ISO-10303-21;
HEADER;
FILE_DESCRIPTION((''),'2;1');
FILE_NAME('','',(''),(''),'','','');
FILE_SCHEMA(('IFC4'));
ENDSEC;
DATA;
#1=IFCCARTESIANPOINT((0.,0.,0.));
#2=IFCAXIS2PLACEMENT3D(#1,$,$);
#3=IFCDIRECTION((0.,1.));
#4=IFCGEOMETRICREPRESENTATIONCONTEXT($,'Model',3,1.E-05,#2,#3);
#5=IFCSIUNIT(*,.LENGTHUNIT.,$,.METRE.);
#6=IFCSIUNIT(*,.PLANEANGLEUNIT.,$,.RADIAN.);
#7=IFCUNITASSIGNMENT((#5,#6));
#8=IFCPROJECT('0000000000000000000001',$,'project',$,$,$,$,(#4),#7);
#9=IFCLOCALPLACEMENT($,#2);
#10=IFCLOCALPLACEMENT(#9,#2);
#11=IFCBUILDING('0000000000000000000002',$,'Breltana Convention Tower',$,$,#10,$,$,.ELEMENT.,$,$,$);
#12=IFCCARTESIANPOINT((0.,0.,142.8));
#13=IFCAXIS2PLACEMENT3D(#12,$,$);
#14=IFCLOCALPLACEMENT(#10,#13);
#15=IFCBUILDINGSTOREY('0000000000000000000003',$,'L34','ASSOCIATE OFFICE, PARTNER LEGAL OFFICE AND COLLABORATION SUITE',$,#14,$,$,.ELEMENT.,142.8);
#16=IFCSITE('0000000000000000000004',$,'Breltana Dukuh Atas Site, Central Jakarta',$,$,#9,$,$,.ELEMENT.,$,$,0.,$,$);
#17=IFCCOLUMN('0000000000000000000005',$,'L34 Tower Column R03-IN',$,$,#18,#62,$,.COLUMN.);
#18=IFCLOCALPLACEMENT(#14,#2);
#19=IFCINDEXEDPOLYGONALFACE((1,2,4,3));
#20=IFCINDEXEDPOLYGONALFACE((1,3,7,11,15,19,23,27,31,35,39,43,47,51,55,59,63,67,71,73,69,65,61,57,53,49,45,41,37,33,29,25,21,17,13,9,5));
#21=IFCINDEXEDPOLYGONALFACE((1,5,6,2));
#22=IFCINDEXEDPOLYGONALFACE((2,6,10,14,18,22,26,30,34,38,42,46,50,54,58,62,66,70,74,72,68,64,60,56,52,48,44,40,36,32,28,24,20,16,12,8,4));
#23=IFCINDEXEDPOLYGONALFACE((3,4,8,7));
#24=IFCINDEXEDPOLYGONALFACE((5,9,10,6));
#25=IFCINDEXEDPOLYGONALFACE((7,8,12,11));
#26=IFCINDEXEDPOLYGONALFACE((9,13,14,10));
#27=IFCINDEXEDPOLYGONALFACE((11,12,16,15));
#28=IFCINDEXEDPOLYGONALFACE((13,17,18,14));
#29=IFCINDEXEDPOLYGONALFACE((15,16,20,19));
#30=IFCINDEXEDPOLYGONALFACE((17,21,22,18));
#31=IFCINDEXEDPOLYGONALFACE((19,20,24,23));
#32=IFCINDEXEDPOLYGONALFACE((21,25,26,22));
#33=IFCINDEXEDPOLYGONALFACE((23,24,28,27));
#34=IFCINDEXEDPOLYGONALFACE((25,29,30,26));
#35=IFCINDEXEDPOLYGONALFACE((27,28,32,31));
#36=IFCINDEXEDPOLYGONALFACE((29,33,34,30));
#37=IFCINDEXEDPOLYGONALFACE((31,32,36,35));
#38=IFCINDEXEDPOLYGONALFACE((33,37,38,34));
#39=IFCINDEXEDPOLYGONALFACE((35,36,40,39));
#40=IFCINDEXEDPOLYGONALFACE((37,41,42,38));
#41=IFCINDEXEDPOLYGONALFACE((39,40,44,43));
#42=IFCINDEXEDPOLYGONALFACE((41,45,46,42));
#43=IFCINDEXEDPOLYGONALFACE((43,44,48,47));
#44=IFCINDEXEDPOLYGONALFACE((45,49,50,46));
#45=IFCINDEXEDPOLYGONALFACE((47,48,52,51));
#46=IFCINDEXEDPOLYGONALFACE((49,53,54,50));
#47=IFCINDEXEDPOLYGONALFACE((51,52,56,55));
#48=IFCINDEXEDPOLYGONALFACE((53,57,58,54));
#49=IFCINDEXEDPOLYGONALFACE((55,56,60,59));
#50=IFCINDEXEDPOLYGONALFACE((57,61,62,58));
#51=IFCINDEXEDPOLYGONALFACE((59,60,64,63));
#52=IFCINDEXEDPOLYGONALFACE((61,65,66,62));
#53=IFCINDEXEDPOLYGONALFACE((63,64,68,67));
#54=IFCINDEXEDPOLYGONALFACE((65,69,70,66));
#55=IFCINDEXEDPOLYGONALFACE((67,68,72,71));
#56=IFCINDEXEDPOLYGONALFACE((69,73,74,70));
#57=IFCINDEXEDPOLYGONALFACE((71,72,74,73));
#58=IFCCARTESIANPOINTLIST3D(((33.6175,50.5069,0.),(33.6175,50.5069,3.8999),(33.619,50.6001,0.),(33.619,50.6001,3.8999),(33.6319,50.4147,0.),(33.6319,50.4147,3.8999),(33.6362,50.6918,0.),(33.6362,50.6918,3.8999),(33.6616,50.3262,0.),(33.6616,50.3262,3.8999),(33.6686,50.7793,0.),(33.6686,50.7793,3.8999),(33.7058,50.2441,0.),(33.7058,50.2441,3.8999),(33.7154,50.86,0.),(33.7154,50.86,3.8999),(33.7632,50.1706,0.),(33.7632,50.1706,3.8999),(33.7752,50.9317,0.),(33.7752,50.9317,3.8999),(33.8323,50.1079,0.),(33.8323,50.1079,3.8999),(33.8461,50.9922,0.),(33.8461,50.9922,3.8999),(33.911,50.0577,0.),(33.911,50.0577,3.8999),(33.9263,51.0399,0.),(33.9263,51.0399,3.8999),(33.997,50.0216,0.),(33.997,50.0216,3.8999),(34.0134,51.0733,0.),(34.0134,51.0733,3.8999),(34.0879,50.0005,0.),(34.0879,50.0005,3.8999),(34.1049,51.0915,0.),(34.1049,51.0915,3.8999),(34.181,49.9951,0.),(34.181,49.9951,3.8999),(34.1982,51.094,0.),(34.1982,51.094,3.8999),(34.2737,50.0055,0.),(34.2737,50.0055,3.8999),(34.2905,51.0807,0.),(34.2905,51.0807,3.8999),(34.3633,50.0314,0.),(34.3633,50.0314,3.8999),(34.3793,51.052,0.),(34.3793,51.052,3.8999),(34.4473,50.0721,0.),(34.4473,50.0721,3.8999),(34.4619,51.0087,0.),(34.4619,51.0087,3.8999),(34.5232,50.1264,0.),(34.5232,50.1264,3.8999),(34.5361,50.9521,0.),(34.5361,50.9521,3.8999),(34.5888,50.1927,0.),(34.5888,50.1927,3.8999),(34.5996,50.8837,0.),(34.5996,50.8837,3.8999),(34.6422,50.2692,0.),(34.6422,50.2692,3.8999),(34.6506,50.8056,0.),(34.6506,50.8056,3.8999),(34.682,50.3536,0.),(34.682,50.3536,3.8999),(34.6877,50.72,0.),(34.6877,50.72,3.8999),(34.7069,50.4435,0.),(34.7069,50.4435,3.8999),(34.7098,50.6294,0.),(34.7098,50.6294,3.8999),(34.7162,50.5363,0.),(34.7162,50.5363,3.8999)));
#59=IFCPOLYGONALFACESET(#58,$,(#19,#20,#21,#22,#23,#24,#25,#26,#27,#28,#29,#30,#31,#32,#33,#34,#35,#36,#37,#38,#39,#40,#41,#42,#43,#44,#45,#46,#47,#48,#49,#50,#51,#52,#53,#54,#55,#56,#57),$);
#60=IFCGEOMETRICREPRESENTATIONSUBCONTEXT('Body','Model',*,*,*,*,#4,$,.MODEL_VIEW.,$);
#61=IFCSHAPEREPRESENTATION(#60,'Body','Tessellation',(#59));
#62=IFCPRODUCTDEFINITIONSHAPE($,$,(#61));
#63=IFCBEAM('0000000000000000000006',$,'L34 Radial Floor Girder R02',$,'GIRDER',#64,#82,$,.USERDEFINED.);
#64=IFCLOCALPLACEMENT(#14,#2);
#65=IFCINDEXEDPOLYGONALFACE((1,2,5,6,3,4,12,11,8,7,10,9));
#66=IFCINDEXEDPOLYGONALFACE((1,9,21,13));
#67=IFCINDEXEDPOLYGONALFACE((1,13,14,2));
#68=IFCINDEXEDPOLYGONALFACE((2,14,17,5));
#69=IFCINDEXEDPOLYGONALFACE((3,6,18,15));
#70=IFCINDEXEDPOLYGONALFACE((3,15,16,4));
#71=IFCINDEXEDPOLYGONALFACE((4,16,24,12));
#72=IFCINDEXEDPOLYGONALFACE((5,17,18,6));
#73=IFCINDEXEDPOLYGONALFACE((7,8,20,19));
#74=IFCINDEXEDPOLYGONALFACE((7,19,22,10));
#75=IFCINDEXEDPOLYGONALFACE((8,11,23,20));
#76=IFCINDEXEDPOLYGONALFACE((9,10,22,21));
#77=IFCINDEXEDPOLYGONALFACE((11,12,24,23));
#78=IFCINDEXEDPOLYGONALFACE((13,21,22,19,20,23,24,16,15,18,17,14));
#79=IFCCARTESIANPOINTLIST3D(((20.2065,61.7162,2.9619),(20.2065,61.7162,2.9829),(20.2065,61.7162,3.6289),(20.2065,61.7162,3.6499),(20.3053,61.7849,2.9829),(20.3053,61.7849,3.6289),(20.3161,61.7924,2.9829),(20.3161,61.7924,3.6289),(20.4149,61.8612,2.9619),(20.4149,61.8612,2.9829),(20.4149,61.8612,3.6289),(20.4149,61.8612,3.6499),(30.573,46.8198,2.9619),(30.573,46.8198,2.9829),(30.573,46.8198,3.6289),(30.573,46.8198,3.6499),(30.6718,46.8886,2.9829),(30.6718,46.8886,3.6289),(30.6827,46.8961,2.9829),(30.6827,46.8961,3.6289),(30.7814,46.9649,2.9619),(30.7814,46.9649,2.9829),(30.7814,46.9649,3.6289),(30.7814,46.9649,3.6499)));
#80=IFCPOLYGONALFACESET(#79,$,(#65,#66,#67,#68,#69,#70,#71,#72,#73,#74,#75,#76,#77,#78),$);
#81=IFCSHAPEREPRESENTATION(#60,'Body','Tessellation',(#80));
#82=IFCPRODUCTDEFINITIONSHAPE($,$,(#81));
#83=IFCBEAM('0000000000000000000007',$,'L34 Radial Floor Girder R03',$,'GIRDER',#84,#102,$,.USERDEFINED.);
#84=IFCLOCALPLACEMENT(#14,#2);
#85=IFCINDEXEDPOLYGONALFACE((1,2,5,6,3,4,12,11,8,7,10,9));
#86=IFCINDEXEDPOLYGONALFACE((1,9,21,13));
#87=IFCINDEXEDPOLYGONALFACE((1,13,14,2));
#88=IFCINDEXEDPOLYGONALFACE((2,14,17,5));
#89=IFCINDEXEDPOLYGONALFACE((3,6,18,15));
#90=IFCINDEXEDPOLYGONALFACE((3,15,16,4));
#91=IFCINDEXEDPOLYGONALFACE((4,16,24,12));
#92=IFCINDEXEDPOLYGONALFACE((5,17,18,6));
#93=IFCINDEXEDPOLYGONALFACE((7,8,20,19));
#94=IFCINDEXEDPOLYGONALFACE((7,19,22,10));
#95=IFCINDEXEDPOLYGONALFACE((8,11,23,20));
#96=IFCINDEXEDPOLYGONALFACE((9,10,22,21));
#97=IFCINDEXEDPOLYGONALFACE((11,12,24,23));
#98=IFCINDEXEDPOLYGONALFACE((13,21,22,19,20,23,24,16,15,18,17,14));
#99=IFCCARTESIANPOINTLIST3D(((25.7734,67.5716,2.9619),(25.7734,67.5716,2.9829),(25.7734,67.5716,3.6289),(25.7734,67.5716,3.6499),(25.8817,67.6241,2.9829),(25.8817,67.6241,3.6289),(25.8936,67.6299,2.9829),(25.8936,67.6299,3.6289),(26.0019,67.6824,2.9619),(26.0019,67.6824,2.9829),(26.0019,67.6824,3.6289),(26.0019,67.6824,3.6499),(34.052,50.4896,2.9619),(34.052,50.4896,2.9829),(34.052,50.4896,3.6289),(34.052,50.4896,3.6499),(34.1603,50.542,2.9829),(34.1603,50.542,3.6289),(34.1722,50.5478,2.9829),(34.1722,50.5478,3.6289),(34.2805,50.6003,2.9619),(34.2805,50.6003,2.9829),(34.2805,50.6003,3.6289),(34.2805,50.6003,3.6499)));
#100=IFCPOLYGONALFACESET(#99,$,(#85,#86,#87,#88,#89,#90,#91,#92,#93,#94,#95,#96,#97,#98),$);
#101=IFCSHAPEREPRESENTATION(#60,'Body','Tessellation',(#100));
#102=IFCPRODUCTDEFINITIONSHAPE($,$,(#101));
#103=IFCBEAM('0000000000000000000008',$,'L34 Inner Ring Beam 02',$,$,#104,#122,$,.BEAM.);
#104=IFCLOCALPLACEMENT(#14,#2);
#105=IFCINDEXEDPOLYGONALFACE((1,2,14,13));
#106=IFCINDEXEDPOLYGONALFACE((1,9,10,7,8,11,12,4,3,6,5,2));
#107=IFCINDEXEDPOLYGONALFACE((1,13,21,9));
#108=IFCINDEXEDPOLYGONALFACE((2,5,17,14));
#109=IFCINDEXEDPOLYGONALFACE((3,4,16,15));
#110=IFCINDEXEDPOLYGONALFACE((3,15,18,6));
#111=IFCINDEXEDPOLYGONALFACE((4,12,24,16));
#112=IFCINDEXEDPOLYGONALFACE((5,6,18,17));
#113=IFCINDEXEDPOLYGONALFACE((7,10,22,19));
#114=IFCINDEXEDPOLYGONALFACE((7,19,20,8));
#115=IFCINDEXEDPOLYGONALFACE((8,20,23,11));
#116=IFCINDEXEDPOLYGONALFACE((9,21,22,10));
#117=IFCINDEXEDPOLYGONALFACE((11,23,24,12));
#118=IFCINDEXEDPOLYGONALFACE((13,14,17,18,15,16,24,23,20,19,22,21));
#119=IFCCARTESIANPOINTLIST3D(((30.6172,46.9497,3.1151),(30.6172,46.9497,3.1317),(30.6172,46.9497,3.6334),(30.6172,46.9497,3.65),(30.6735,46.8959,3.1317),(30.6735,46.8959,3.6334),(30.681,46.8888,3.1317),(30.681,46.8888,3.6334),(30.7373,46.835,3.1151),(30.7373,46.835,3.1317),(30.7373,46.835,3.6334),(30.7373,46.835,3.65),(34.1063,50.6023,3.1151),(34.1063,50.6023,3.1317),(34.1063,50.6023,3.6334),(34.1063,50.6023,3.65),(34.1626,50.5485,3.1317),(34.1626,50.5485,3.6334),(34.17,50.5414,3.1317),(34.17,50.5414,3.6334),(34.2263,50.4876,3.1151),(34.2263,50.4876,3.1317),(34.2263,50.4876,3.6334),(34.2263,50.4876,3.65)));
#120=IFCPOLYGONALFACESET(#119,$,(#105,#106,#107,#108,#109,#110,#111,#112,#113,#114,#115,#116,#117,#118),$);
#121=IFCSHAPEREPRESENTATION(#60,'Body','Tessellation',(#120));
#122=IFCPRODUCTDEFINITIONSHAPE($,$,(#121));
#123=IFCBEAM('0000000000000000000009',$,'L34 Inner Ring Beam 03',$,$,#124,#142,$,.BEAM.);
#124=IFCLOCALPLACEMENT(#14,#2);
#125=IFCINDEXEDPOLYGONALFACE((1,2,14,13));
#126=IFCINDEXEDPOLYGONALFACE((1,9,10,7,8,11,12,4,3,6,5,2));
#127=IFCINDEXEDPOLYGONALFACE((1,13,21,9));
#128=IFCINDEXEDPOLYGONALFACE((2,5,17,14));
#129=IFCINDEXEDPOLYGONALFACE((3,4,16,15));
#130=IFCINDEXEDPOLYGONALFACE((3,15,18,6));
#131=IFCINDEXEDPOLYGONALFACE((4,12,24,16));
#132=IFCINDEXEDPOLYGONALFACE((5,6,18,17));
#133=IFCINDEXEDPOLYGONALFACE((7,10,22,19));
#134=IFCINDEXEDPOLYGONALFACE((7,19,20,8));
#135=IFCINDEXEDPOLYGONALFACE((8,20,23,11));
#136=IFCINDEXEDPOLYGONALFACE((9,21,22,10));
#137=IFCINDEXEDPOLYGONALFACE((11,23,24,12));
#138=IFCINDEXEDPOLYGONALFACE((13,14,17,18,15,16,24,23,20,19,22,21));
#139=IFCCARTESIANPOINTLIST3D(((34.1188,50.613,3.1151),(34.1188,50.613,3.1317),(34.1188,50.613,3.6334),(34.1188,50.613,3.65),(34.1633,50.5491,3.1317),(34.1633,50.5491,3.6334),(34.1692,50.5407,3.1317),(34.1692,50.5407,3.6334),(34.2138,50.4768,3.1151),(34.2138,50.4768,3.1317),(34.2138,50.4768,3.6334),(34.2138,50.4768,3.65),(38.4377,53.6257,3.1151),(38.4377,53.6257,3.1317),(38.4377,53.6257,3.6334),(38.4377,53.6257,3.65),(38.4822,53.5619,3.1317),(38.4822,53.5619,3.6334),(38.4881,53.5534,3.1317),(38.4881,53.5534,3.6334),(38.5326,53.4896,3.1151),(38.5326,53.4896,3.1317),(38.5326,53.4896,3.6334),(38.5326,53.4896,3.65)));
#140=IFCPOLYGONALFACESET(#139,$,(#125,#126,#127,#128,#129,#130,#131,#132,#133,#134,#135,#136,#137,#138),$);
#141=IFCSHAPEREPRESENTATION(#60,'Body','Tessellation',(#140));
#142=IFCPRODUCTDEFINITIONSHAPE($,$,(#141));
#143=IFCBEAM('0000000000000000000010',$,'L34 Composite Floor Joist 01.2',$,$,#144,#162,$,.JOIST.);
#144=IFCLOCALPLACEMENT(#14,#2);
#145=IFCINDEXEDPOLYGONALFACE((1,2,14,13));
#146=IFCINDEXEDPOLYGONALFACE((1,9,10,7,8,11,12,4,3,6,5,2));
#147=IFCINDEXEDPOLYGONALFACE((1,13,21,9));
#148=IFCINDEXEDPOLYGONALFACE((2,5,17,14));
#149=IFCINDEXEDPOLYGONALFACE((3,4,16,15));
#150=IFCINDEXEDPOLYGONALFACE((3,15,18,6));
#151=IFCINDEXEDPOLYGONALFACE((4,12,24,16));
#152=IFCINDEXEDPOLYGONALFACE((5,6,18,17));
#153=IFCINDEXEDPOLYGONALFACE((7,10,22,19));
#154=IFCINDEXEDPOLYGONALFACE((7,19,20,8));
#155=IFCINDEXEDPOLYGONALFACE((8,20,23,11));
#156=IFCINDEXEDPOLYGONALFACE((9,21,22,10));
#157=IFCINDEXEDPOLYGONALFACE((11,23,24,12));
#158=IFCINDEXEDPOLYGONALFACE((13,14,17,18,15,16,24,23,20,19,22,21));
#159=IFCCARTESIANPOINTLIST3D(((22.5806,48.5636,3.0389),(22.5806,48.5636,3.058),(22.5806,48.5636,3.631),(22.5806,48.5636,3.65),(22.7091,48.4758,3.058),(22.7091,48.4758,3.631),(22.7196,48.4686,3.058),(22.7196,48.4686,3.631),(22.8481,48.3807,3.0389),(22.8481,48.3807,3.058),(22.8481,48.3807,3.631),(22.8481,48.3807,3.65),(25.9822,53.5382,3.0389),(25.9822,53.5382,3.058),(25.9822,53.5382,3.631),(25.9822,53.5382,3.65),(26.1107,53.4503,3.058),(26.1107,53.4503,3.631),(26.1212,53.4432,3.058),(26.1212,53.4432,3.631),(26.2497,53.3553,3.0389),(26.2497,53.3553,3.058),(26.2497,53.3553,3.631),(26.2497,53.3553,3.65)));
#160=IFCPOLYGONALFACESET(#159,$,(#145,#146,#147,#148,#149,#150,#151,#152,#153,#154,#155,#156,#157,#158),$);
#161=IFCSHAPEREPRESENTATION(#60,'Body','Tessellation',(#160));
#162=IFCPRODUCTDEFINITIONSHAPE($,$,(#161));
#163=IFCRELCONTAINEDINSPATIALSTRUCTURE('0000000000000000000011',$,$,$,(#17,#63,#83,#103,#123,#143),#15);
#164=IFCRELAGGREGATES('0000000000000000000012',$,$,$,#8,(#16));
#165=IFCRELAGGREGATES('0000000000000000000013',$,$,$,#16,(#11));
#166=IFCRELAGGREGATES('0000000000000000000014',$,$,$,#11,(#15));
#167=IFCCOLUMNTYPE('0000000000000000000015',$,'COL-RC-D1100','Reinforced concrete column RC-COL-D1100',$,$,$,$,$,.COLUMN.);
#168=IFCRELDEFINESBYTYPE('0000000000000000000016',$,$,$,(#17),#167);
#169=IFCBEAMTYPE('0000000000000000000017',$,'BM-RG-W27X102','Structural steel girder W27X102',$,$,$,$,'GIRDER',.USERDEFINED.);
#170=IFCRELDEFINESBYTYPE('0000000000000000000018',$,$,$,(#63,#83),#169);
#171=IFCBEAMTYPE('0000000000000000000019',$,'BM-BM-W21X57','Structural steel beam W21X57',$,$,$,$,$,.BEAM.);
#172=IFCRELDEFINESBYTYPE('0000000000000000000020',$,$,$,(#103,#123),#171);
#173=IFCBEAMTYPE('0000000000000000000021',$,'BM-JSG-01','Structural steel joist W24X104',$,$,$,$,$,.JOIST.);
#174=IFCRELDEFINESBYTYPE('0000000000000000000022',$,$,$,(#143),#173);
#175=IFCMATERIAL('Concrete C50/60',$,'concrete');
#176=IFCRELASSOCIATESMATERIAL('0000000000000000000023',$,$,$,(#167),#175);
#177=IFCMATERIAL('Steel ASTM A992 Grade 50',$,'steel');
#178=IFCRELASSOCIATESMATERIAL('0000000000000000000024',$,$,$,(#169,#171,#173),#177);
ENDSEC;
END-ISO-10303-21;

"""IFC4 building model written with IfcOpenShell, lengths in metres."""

from ifc_helpers import new_model, si_unit, direction, frame, origin, origin_2d, place, context, subcontext, project, spatial, circle, i_section, extrude, source, transform, mapped, material, material_profile, profile_set, type_object, element, save


model = new_model("IFC4")

# Units and contexts
model_context = context("Model", 3, precision=1e-05, world=origin(), true_north=direction((0.0, 1.0)))
body_context = subcontext(model_context, "Body", "Model", "MODEL_VIEW")
ifc_project = project(units=[si_unit("LENGTHUNIT", "METRE"), si_unit("PLANEANGLEUNIT", "RADIAN")], contexts=[model_context])

# Site, building, storey
site_placement = place(None, origin())
site = spatial("IfcSite", under=ifc_project, at=site_placement, Name="Breltana Dukuh Atas Site, Central Jakarta", CompositionType="ELEMENT", RefElevation=0.0)
building_placement = place(site_placement, origin())
building = spatial("IfcBuilding", under=site, at=building_placement, Name="Breltana Convention Tower", CompositionType="ELEMENT")
storey_placement = place(building_placement, frame((0.0, 0.0, 142.8)))
storey = spatial("IfcBuildingStorey", under=building, at=storey_placement, Name="L34", Description="ASSOCIATE OFFICE, PARTNER LEGAL OFFICE AND COLLABORATION SUITE", CompositionType="ELEMENT", Elevation=142.8)

# Column
ifc_material_1 = material(Name="Concrete C50/60", Category="concrete")
ifc_material_profile_1 = material_profile(ifc_material_1, circle(Radius=0.55, at=origin_2d()), Name="RC-COL-D1100")
ifc_profile_set_1 = profile_set([ifc_material_profile_1], Name="Concrete C50/60")
column_type = type_object("IfcColumnType", Name="COL-RC-D1100", Description="Reinforced concrete column RC-COL-D1100", PredefinedType="COLUMN", material=ifc_profile_set_1)
shared_shape_1 = source(origin(), body_context, "Body", "SweptSolid", [
    extrude(circle(Radius=0.55, at=origin_2d()), origin(), (0.0, 0.0, 1.0), 3.8999),
])
for number, where, z_axis, x_axis, name in (
    (1, (34.1663, 50.5449, 0.0), (0.0, 0.0, 1.0), (-0.436174, 0.899863, 0.0), "L34 Tower Column R03-IN"),
):
    element("IfcColumn", number, at=place(storey_placement, frame(where, z_axis=z_axis, x_axis=x_axis)), inside=storey, type_object=column_type, Name=name, PredefinedType="COLUMN", context=body_context, shape_type="MappedRepresentation", body=[
        mapped(shared_shape_1, transform((0.0, 0.0, 0.0), scale=1.0)),
    ])

# Beams
ifc_material_2 = material(Name="Steel ASTM A992 Grade 50", Category="steel")
ifc_material_profile_2 = material_profile(ifc_material_2, i_section(OverallWidth=0.2539, OverallDepth=0.688, WebThickness=0.0132, FlangeThickness=0.021, at=origin_2d()), Name="W27X102")
ifc_profile_set_2 = profile_set([ifc_material_profile_2], Name="Steel ASTM A992 Grade 50")
beam_type_1 = type_object("IfcBeamType", Name="BM-RG-W27X102", Description="Structural steel girder W27X102", ElementType="GIRDER", PredefinedType="USERDEFINED", material=ifc_profile_set_2)
shared_shape_2 = source(origin(), body_context, "Body", "SweptSolid", [
    extrude(i_section(OverallWidth=0.2539, OverallDepth=0.688, WebThickness=0.0132, FlangeThickness=0.021, at=origin_2d()), origin(), (0.0, 0.0, 1.0), 18.1484),
])
beam_1_placement = place(storey_placement, frame((30.6772, 46.8923, 3.3059), z_axis=(-0.571208, 0.820806, 0.0), x_axis=(-0.820806, -0.571208, 0.0)))
element("IfcBeam", 2, at=beam_1_placement, inside=storey, type_object=beam_type_1, Name="L34 Radial Floor Girder R02", ObjectType="GIRDER", PredefinedType="USERDEFINED", context=body_context, shape_type="MappedRepresentation", body=[
    mapped(shared_shape_2, transform((0.0, 0.0, 0.0), scale=1.0)),
])
shared_shape_3 = source(origin(), body_context, "Body", "SweptSolid", [
    extrude(i_section(OverallWidth=0.2539, OverallDepth=0.688, WebThickness=0.0132, FlangeThickness=0.021, at=origin_2d()), origin(), (0.0, 0.0, 1.0), 18.9824),
])
beam_2_placement = place(storey_placement, frame((34.1663, 50.5449, 3.3059), z_axis=(-0.436119, 0.899889, 0.0), x_axis=(-0.899889, -0.436119, 0.0)))
element("IfcBeam", 3, at=beam_2_placement, inside=storey, type_object=beam_type_1, Name="L34 Radial Floor Girder R03", ObjectType="GIRDER", PredefinedType="USERDEFINED", context=body_context, shape_type="MappedRepresentation", body=[
    mapped(shared_shape_3, transform((0.0, 0.0, 0.0), scale=1.0)),
])
ifc_material_profile_3 = material_profile(ifc_material_2, i_section(OverallWidth=0.166, OverallDepth=0.5349, WebThickness=0.0103, FlangeThickness=0.0166, at=origin_2d()), Name="W21X57")
ifc_profile_set_3 = profile_set([ifc_material_profile_3], Name="Steel ASTM A992 Grade 50")
beam_type_2 = type_object("IfcBeamType", Name="BM-BM-W21X57", Description="Structural steel beam W21X57", PredefinedType="BEAM", material=ifc_profile_set_3)
shared_shape_4 = source(origin(), body_context, "Body", "SweptSolid", [
    extrude(i_section(OverallWidth=0.166, OverallDepth=0.5349, WebThickness=0.0103, FlangeThickness=0.0166, at=origin_2d()), origin(), (0.0, 0.0, 1.0), 5.0513),
])
beam_3_placement = place(storey_placement, frame((30.6772, 46.8923, 3.3826), z_axis=(0.69073, 0.723113, 0.0), x_axis=(-0.723113, 0.69073, 0.0)))
element("IfcBeam", 4, at=beam_3_placement, inside=storey, type_object=beam_type_2, Name="L34 Inner Ring Beam 02", PredefinedType="BEAM", context=body_context, shape_type="MappedRepresentation", body=[
    mapped(shared_shape_4, transform((0.0, 0.0, 0.0), scale=1.0)),
])
shared_shape_5 = source(origin(), body_context, "Body", "SweptSolid", [
    extrude(i_section(OverallWidth=0.166, OverallDepth=0.5349, WebThickness=0.0103, FlangeThickness=0.0166, at=origin_2d()), origin(), (0.0, 0.0, 1.0), 5.2659),
])
beam_4_placement = place(storey_placement, frame((34.1663, 50.5449, 3.3826), z_axis=(0.820167, 0.572124, 0.0), x_axis=(-0.572124, 0.820167, 0.0)))
element("IfcBeam", 5, at=beam_4_placement, inside=storey, type_object=beam_type_2, Name="L34 Inner Ring Beam 03", PredefinedType="BEAM", context=body_context, shape_type="MappedRepresentation", body=[
    mapped(shared_shape_5, transform((0.0, 0.0, 0.0), scale=1.0)),
])
ifc_material_profile_4 = material_profile(ifc_material_2, i_section(OverallWidth=0.324, OverallDepth=0.6111, WebThickness=0.0127, FlangeThickness=0.019, at=origin_2d()), Name="W24X104")
ifc_profile_set_4 = profile_set([ifc_material_profile_4], Name="Steel ASTM A992 Grade 50")
beam_type_3 = type_object("IfcBeamType", Name="BM-JSG-01", Description="Structural steel joist W24X104", PredefinedType="JOIST", material=ifc_profile_set_4)
shared_shape_6 = source(origin(), body_context, "Body", "SweptSolid", [
    extrude(i_section(OverallWidth=0.324, OverallDepth=0.6111, WebThickness=0.0127, FlangeThickness=0.019, at=origin_2d()), origin(), (0.0, 0.0, 1.0), 6.0264),
])
beam_5_placement = place(storey_placement, frame((22.7144, 48.4722, 3.3445), z_axis=(0.56445, 0.825467, 0.0), x_axis=(-0.825467, 0.56445, 0.0)))
element("IfcBeam", 6, at=beam_5_placement, inside=storey, type_object=beam_type_3, Name="L34 Composite Floor Joist 01.2", PredefinedType="JOIST", context=body_context, shape_type="MappedRepresentation", body=[
    mapped(shared_shape_6, transform((0.0, 0.0, 0.0), scale=1.0)),
])

save(model, "model.ifc")
